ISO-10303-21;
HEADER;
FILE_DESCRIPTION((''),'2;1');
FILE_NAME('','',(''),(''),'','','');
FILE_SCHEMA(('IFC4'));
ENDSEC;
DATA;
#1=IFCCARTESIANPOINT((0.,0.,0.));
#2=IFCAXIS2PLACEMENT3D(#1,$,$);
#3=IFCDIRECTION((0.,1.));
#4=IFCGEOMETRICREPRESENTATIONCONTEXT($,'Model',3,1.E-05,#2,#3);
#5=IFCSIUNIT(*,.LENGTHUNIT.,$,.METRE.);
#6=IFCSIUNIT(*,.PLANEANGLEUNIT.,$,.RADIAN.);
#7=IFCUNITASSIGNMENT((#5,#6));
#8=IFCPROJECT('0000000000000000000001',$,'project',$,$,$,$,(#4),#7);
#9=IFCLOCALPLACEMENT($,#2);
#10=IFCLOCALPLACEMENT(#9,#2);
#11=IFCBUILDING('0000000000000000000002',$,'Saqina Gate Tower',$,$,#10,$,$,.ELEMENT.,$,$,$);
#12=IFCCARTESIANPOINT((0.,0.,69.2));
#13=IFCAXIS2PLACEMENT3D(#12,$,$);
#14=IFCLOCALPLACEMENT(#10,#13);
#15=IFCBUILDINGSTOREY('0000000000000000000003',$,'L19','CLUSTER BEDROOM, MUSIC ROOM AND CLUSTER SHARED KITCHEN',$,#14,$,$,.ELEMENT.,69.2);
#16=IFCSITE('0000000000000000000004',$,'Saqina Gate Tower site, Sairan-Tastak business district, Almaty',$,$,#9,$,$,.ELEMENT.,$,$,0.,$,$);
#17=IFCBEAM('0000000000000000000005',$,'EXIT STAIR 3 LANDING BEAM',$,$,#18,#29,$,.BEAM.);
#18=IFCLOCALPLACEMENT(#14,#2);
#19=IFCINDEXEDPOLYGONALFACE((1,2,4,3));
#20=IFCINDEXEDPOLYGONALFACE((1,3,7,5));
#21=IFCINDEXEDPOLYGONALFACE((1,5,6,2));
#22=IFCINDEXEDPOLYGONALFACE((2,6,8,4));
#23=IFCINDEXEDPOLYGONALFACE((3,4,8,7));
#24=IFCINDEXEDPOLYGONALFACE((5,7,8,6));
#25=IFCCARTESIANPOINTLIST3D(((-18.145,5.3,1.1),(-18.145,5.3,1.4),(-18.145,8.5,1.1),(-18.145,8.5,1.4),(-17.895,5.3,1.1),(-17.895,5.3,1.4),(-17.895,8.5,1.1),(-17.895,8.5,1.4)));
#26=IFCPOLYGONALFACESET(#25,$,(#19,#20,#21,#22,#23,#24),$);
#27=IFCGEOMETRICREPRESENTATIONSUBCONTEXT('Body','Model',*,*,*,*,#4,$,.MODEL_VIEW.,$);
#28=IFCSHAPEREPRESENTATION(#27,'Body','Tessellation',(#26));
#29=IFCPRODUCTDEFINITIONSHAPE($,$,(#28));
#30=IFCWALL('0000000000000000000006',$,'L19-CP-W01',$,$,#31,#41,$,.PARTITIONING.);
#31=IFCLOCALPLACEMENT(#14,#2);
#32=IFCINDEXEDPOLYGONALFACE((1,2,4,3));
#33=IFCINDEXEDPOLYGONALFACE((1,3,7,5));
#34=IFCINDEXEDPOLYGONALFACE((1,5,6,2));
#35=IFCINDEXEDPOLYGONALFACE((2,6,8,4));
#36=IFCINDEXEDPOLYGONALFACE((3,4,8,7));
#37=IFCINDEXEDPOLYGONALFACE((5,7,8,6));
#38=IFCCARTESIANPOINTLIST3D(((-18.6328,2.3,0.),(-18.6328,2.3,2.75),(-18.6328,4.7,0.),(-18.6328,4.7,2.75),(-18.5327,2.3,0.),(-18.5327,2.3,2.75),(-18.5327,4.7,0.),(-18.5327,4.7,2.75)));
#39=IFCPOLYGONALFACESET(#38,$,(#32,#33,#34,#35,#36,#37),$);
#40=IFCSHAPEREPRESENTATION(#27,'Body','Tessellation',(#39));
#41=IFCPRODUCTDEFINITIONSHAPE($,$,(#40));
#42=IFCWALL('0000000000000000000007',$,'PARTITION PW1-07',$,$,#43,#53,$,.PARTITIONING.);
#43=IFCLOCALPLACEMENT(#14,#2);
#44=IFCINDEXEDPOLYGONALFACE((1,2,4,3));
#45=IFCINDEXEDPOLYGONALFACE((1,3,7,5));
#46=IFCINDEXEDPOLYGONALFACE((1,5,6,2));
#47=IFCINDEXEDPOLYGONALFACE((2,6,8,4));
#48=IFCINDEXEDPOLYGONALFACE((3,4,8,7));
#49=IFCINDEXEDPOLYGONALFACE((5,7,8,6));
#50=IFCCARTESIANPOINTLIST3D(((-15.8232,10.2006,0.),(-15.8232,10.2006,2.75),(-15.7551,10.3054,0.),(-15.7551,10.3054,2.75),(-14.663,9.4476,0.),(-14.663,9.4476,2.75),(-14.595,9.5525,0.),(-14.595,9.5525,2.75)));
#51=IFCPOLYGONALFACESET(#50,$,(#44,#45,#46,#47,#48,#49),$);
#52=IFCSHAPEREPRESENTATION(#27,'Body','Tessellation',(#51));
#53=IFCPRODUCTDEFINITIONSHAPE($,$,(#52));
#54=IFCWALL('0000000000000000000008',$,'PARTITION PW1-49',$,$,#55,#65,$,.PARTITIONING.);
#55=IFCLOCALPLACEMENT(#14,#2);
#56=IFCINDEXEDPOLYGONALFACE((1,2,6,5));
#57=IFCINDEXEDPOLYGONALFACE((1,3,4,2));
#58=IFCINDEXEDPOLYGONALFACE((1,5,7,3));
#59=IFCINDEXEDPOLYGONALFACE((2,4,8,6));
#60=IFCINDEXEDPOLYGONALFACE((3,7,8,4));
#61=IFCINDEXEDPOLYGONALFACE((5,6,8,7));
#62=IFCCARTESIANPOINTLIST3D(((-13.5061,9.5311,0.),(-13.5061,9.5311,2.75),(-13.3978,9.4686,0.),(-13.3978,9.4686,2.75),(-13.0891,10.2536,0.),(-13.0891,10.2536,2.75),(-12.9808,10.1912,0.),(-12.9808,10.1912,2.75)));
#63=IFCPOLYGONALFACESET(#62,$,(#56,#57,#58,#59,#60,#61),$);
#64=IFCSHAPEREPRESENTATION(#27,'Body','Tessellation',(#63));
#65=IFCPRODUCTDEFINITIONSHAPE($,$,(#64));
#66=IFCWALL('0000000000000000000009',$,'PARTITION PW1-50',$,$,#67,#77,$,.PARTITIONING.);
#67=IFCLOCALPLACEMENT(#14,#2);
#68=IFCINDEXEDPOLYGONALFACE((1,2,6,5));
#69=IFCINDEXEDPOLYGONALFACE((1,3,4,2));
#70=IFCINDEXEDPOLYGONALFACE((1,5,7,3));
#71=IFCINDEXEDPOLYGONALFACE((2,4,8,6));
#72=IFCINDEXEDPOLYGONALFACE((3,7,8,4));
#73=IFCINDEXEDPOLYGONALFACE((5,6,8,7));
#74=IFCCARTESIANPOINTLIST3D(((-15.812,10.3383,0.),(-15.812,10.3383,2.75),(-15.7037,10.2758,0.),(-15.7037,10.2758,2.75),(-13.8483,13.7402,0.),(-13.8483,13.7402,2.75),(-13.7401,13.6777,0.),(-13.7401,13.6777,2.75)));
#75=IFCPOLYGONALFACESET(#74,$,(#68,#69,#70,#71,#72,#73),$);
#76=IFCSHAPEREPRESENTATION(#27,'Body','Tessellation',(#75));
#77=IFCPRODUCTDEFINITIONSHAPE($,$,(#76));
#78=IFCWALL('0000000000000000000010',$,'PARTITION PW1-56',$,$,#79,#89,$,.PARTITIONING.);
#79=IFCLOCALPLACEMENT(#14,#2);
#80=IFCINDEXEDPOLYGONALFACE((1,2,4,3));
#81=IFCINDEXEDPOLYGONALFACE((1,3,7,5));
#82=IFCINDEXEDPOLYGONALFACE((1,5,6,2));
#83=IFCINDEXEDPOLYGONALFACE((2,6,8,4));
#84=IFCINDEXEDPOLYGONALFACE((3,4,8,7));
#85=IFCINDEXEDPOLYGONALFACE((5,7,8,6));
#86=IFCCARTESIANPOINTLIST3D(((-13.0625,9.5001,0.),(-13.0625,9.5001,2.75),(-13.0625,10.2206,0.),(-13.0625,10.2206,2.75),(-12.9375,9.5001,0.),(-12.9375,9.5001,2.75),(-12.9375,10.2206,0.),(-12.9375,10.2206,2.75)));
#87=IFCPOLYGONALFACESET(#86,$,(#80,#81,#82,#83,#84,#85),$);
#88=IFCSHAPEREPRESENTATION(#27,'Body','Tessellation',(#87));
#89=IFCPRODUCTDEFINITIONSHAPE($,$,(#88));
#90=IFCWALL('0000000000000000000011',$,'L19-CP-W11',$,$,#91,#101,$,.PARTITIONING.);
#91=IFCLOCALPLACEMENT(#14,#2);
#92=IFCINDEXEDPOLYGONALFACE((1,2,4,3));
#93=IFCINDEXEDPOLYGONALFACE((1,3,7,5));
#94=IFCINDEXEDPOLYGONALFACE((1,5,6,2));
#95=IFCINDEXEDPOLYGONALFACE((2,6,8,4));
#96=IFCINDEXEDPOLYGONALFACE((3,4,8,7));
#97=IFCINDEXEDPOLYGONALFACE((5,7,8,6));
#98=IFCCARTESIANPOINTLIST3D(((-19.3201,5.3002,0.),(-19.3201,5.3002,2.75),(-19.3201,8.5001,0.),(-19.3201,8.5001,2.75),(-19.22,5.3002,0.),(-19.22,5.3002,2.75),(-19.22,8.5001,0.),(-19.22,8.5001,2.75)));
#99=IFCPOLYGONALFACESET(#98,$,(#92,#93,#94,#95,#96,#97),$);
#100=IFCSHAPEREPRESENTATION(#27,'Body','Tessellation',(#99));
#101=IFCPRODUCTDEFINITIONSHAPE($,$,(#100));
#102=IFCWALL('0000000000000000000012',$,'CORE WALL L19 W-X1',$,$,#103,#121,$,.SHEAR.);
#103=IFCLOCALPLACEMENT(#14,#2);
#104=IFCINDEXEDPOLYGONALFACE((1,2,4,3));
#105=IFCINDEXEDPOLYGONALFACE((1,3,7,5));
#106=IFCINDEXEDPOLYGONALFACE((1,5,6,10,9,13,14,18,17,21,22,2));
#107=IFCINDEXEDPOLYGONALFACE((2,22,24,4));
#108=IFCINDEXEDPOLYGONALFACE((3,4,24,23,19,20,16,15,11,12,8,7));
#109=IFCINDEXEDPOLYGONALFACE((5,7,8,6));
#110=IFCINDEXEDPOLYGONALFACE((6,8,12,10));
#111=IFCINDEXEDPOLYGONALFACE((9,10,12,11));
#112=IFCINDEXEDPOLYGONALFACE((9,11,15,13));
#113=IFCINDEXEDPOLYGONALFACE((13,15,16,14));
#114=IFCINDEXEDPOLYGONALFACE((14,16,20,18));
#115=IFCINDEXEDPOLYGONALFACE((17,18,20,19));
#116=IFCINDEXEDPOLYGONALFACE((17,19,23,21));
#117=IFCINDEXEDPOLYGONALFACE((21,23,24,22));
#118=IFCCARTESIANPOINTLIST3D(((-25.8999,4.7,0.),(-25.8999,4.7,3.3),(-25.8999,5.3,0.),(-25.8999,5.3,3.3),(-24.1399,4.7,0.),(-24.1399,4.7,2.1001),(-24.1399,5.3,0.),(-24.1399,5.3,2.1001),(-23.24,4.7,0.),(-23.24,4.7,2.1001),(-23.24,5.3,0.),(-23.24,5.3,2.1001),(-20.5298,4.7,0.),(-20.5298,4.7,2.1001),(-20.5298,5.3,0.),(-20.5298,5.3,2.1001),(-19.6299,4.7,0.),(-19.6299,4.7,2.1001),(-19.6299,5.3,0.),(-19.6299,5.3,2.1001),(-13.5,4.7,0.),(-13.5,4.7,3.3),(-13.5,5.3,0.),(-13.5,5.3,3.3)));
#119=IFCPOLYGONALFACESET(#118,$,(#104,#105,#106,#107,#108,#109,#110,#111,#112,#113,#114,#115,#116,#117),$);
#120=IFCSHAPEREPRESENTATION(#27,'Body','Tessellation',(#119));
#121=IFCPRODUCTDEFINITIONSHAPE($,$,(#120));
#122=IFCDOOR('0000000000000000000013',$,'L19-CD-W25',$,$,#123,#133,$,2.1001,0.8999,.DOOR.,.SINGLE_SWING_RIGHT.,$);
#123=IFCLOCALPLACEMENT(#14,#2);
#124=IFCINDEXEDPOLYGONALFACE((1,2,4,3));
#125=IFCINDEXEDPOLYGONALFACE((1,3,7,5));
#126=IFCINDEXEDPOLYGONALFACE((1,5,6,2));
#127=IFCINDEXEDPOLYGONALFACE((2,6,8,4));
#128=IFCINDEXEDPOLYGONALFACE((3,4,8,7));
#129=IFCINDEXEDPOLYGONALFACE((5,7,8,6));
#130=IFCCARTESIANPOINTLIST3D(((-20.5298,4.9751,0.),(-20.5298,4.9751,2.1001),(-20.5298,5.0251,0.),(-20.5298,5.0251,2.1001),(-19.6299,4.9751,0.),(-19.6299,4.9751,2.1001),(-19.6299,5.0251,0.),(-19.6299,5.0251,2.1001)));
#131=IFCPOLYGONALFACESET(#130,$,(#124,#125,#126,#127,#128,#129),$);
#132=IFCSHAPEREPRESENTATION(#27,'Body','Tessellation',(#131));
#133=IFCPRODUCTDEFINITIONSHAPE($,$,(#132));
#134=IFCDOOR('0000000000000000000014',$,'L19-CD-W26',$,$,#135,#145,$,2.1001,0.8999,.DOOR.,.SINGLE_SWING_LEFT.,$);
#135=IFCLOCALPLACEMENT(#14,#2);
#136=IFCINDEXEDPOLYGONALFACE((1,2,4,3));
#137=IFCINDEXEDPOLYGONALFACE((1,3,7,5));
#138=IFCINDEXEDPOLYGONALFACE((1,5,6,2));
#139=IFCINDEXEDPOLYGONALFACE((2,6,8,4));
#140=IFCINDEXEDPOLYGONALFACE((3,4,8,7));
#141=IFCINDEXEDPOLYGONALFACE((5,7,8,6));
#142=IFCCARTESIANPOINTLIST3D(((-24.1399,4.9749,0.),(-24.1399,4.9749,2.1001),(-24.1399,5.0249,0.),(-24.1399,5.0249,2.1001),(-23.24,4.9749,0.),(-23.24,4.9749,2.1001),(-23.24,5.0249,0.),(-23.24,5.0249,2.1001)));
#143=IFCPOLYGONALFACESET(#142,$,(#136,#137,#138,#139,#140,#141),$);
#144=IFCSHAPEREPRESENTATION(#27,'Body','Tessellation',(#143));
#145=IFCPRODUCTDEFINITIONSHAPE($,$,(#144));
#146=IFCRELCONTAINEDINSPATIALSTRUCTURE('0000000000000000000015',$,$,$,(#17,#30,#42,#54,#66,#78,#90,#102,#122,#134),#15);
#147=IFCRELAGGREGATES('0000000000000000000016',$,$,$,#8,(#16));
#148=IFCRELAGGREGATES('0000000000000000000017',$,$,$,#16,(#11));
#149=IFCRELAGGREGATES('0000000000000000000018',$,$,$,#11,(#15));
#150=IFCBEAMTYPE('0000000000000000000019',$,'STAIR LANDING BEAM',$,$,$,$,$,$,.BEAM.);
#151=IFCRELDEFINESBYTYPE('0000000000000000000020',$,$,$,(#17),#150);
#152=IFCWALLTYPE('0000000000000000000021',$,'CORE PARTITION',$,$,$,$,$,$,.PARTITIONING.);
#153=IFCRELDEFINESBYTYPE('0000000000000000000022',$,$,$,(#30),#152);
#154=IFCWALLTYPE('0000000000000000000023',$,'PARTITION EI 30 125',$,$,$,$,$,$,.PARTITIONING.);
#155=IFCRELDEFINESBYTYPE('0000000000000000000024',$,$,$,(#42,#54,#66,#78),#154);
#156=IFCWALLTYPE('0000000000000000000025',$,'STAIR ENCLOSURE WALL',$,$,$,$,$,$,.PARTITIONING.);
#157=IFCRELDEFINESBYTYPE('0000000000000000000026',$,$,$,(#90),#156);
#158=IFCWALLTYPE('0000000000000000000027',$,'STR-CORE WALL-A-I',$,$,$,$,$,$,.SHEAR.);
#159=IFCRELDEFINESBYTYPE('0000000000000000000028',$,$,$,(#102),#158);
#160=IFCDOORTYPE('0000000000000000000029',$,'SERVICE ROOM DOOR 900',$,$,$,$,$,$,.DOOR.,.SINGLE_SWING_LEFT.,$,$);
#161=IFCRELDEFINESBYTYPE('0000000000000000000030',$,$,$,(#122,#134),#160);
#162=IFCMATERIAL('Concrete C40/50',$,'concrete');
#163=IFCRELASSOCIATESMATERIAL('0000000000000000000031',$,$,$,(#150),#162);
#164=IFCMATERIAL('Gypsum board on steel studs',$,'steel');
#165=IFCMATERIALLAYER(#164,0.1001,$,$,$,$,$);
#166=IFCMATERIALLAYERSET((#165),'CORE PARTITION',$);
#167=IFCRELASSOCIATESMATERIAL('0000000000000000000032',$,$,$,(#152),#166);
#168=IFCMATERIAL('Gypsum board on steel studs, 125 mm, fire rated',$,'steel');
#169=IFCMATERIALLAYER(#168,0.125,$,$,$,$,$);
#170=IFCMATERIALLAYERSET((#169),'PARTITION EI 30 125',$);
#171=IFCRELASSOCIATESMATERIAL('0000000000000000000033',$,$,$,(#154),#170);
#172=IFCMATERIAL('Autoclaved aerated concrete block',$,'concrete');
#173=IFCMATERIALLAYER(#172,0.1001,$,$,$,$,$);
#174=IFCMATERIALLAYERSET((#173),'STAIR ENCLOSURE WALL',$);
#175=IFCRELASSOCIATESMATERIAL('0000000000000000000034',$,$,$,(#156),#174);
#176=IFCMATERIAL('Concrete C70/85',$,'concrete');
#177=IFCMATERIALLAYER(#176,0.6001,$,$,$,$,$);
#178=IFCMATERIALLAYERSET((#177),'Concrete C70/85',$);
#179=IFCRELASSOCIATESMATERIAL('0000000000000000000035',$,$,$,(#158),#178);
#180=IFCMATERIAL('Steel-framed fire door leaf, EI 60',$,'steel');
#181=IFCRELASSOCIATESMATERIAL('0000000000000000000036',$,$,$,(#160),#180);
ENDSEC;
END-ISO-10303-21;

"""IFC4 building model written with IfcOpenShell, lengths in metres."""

from ifc_helpers import new_model, si_unit, direction, frame, frame_2d, origin, origin_2d, place, context, subcontext, project, spatial, rectangle, extrude, material, layer, layer_set, material_profile, profile_set, type_object, element, fill, save


model = new_model("IFC4")

# Units and contexts
model_context = context("Model", 3, precision=1e-05, world=origin(), true_north=direction((0.0, 1.0)))
body_context = subcontext(model_context, "Body", "Model", "MODEL_VIEW")
ifc_project = project(units=[si_unit("LENGTHUNIT", "METRE"), si_unit("PLANEANGLEUNIT", "RADIAN")], contexts=[model_context])

# Site, building, storey
site_placement = place(None, origin())
site = spatial("IfcSite", under=ifc_project, at=site_placement, Name="Saqina Gate Tower site, Sairan-Tastak business district, Almaty", CompositionType="ELEMENT", RefElevation=0.0)
building_placement = place(site_placement, origin())
building = spatial("IfcBuilding", under=site, at=building_placement, Name="Saqina Gate Tower", CompositionType="ELEMENT")
storey_placement = place(building_placement, frame((0.0, 0.0, 69.2)))
storey = spatial("IfcBuildingStorey", under=building, at=storey_placement, Name="L19", Description="CLUSTER BEDROOM, MUSIC ROOM AND CLUSTER SHARED KITCHEN", CompositionType="ELEMENT", Elevation=69.2)

# Beam
ifc_material_1 = material(Name="Concrete C40/50", Category="concrete")
ifc_material_profile = material_profile(ifc_material_1, rectangle(XDim=0.25, YDim=0.3, at=origin_2d()), Name="STAIR LANDING BEAM")
ifc_profile_set = profile_set([ifc_material_profile], Name="Concrete C40/50")
beam_type = type_object("IfcBeamType", Name="STAIR LANDING BEAM", PredefinedType="BEAM", material=ifc_profile_set)
beam_placement = place(storey_placement, frame((-18.02, 5.3, 1.25), z_axis=(0.0, 1.0, 0.0), x_axis=(-1.0, 0.0, 0.0)))
element("IfcBeam", 1, at=beam_placement, inside=storey, type_object=beam_type, Name="EXIT STAIR 3 LANDING BEAM", PredefinedType="BEAM", context=body_context, shape_type="SweptSolid", body=[
    extrude(rectangle(XDim=0.25, YDim=0.3, at=origin_2d()), origin(), (0.0, 0.0, 1.0), 3.2),
])

# Walls
ifc_material_2 = material(Name="Gypsum board on steel studs", Category="steel")
ifc_layer_1 = layer(ifc_material_2, 0.1001)
ifc_layer_set_1 = layer_set([ifc_layer_1], Name="CORE PARTITION")
wall_type_1 = type_object("IfcWallType", Name="CORE PARTITION", PredefinedType="PARTITIONING", material=ifc_layer_set_1)
wall_1_placement = place(storey_placement, frame((-18.5828, 2.3, 0.0), z_axis=(0.0, 0.0, 1.0), x_axis=(0.0, 1.0, 0.0)))
element("IfcWall", 2, at=wall_1_placement, inside=storey, type_object=wall_type_1, Name="L19-CP-W01", PredefinedType="PARTITIONING", context=body_context, shape_type="SweptSolid", body=[
    extrude(rectangle(XDim=2.3999, YDim=0.1001, at=frame_2d((1.2, 0.0))), origin(), (0.0, 0.0, 1.0), 2.75),
])
ifc_material_3 = material(Name="Gypsum board on steel studs, 125 mm, fire rated", Category="steel")
ifc_layer_2 = layer(ifc_material_3, 0.125)
ifc_layer_set_2 = layer_set([ifc_layer_2], Name="PARTITION EI 30 125")
wall_type_2 = type_object("IfcWallType", Name="PARTITION EI 30 125", PredefinedType="PARTITIONING", material=ifc_layer_set_2)
wall_2_placement = place(storey_placement, frame((-15.7891, 10.2529, 0.0), z_axis=(0.0, 0.0, 1.0), x_axis=(0.838831, -0.544393, 0.0)))
element("IfcWall", 3, at=wall_2_placement, inside=storey, type_object=wall_type_2, Name="PARTITION PW1-07", PredefinedType="PARTITIONING", context=body_context, shape_type="SweptSolid", body=[
    extrude(rectangle(XDim=1.3831, YDim=0.125, at=frame_2d((0.6914, 0.0))), origin(), (0.0, 0.0, 1.0), 2.75),
])
wall_3_placement = place(storey_placement, frame((-13.4519, 9.5, 0.0), z_axis=(0.0, 0.0, 1.0), x_axis=(0.499917, 0.866073, 0.0)))
element("IfcWall", 4, at=wall_3_placement, inside=storey, type_object=wall_type_2, Name="PARTITION PW1-49", PredefinedType="PARTITIONING", context=body_context, shape_type="SweptSolid", body=[
    extrude(rectangle(XDim=0.8342, YDim=0.125, at=frame_2d((0.417, 0.0))), origin(), (0.0, 0.0, 1.0), 2.75),
])
wall_4_placement = place(storey_placement, frame((-15.7578, 10.3071, 0.0), z_axis=(0.0, 0.0, 1.0), x_axis=(0.499916, 0.866074, 0.0)))
element("IfcWall", 5, at=wall_4_placement, inside=storey, type_object=wall_type_2, Name="PARTITION PW1-50", PredefinedType="PARTITIONING", context=body_context, shape_type="SweptSolid", body=[
    extrude(rectangle(XDim=3.928, YDim=0.125, at=frame_2d((1.9639, 0.0))), origin(), (0.0, 0.0, 1.0), 2.75),
])
wall_5_placement = place(storey_placement, frame((-13.0, 9.5, 0.0), z_axis=(0.0, 0.0, 1.0), x_axis=(0.0, 1.0, 0.0)))
element("IfcWall", 6, at=wall_5_placement, inside=storey, type_object=wall_type_2, Name="PARTITION PW1-56", PredefinedType="PARTITIONING", context=body_context, shape_type="SweptSolid", body=[
    extrude(rectangle(XDim=0.7205, YDim=0.125, at=frame_2d((0.3604, 0.0))), origin(), (0.0, 0.0, 1.0), 2.75),
])
ifc_material_4 = material(Name="Autoclaved aerated concrete block", Category="concrete")
ifc_layer_3 = layer(ifc_material_4, 0.1001)
ifc_layer_set_3 = layer_set([ifc_layer_3], Name="STAIR ENCLOSURE WALL")
wall_type_3 = type_object("IfcWallType", Name="STAIR ENCLOSURE WALL", PredefinedType="PARTITIONING", material=ifc_layer_set_3)
wall_6_placement = place(storey_placement, frame((-19.27, 5.3, 0.0), z_axis=(0.0, 0.0, 1.0), x_axis=(0.0, 1.0, 0.0)))
element("IfcWall", 7, at=wall_6_placement, inside=storey, type_object=wall_type_3, Name="L19-CP-W11", PredefinedType="PARTITIONING", context=body_context, shape_type="SweptSolid", body=[
    extrude(rectangle(XDim=3.2, YDim=0.1001, at=frame_2d((1.6001, 0.0))), origin(), (0.0, 0.0, 1.0), 2.75),
])

# Wall, openings, doors
ifc_material_5 = material(Name="Concrete C70/85", Category="concrete")
ifc_layer_4 = layer(ifc_material_5, 0.6001)
ifc_layer_set_4 = layer_set([ifc_layer_4], Name="Concrete C70/85")
wall_type_4 = type_object("IfcWallType", Name="STR-CORE WALL-A-I", PredefinedType="SHEAR", material=ifc_layer_set_4)
wall_7_placement = place(storey_placement, frame((-13.5, 5.0, 0.0), z_axis=(0.0, 0.0, 1.0), x_axis=(-1.0, 0.0, 0.0)))
wall_7 = element("IfcWall", 8, at=wall_7_placement, inside=storey, type_object=wall_type_4, Name="CORE WALL L19 W-X1", PredefinedType="SHEAR", context=body_context, shape_type="SweptSolid", body=[
    extrude(rectangle(XDim=12.3999, YDim=0.6001, at=frame_2d((6.2, 0.0))), origin(), (0.0, 0.0, 1.0), 3.3),
])
opening_1_placement = place(wall_7_placement, frame((6.1299, 0.0, 0.0)))
opening_1 = element("IfcOpeningElement", 9, at=opening_1_placement, cuts=wall_7, PredefinedType="OPENING", context=body_context, shape_type="SweptSolid", body=[
    extrude(rectangle(XDim=0.8999, YDim=2.1001, at=frame_2d((0.45, 1.05))), frame((0.0, 0.312, 0.0), z_axis=(0.0, -1.0, 0.0), x_axis=(1.0, 0.0, 0.0)), (0.0, 0.0, 1.0), 0.624),
])
opening_2_placement = place(wall_7_placement, frame((9.74, 0.0, 0.0)))
opening_2 = element("IfcOpeningElement", 10, at=opening_2_placement, cuts=wall_7, PredefinedType="OPENING", context=body_context, shape_type="SweptSolid", body=[
    extrude(rectangle(XDim=0.8999, YDim=2.1001, at=frame_2d((0.45, 1.05))), frame((0.0, 0.312, 0.0), z_axis=(0.0, -1.0, 0.0), x_axis=(1.0, 0.0, 0.0)), (0.0, 0.0, 1.0), 0.624),
])
ifc_material_6 = material(Name="Steel-framed fire door leaf, EI 60", Category="steel")
door_type_1 = type_object("IfcDoorType", Name="SERVICE ROOM DOOR 900", OperationType="SINGLE_SWING_LEFT", PredefinedType="DOOR", material=ifc_material_6)
door_1_placement = place(opening_1_placement, origin())
door_1 = element("IfcDoor", 11, at=door_1_placement, inside=storey, type_object=door_type_1, Name="L19-CD-W25", OperationType="SINGLE_SWING_RIGHT", OverallHeight=2.1001, OverallWidth=0.8999, PredefinedType="DOOR", context=body_context, shape_type="SweptSolid", body=[
    extrude(rectangle(XDim=0.8999, YDim=2.1001, at=frame_2d((0.45, 1.05))), frame((0.0, 0.0249, 0.0), z_axis=(0.0, -1.0, 0.0), x_axis=(1.0, 0.0, 0.0)), (0.0, 0.0, 1.0), 0.05),
])
fill(opening_1, door_1)
door_2_placement = place(opening_2_placement, frame((0.8999, 0.0, 0.0), z_axis=(0.0, 0.0, 1.0), x_axis=(-1.0, 0.0, 0.0)))
door_2 = element("IfcDoor", 12, at=door_2_placement, inside=storey, type_object=door_type_1, Name="L19-CD-W26", OperationType="SINGLE_SWING_LEFT", OverallHeight=2.1001, OverallWidth=0.8999, PredefinedType="DOOR", context=body_context, shape_type="SweptSolid", body=[
    extrude(rectangle(XDim=0.8999, YDim=2.1001, at=frame_2d((0.45, 1.05))), frame((0.0, 0.0249, 0.0), z_axis=(0.0, -1.0, 0.0), x_axis=(1.0, 0.0, 0.0)), (0.0, 0.0, 1.0), 0.05),
])
fill(opening_2, door_2)

save(model, "model.ifc")
